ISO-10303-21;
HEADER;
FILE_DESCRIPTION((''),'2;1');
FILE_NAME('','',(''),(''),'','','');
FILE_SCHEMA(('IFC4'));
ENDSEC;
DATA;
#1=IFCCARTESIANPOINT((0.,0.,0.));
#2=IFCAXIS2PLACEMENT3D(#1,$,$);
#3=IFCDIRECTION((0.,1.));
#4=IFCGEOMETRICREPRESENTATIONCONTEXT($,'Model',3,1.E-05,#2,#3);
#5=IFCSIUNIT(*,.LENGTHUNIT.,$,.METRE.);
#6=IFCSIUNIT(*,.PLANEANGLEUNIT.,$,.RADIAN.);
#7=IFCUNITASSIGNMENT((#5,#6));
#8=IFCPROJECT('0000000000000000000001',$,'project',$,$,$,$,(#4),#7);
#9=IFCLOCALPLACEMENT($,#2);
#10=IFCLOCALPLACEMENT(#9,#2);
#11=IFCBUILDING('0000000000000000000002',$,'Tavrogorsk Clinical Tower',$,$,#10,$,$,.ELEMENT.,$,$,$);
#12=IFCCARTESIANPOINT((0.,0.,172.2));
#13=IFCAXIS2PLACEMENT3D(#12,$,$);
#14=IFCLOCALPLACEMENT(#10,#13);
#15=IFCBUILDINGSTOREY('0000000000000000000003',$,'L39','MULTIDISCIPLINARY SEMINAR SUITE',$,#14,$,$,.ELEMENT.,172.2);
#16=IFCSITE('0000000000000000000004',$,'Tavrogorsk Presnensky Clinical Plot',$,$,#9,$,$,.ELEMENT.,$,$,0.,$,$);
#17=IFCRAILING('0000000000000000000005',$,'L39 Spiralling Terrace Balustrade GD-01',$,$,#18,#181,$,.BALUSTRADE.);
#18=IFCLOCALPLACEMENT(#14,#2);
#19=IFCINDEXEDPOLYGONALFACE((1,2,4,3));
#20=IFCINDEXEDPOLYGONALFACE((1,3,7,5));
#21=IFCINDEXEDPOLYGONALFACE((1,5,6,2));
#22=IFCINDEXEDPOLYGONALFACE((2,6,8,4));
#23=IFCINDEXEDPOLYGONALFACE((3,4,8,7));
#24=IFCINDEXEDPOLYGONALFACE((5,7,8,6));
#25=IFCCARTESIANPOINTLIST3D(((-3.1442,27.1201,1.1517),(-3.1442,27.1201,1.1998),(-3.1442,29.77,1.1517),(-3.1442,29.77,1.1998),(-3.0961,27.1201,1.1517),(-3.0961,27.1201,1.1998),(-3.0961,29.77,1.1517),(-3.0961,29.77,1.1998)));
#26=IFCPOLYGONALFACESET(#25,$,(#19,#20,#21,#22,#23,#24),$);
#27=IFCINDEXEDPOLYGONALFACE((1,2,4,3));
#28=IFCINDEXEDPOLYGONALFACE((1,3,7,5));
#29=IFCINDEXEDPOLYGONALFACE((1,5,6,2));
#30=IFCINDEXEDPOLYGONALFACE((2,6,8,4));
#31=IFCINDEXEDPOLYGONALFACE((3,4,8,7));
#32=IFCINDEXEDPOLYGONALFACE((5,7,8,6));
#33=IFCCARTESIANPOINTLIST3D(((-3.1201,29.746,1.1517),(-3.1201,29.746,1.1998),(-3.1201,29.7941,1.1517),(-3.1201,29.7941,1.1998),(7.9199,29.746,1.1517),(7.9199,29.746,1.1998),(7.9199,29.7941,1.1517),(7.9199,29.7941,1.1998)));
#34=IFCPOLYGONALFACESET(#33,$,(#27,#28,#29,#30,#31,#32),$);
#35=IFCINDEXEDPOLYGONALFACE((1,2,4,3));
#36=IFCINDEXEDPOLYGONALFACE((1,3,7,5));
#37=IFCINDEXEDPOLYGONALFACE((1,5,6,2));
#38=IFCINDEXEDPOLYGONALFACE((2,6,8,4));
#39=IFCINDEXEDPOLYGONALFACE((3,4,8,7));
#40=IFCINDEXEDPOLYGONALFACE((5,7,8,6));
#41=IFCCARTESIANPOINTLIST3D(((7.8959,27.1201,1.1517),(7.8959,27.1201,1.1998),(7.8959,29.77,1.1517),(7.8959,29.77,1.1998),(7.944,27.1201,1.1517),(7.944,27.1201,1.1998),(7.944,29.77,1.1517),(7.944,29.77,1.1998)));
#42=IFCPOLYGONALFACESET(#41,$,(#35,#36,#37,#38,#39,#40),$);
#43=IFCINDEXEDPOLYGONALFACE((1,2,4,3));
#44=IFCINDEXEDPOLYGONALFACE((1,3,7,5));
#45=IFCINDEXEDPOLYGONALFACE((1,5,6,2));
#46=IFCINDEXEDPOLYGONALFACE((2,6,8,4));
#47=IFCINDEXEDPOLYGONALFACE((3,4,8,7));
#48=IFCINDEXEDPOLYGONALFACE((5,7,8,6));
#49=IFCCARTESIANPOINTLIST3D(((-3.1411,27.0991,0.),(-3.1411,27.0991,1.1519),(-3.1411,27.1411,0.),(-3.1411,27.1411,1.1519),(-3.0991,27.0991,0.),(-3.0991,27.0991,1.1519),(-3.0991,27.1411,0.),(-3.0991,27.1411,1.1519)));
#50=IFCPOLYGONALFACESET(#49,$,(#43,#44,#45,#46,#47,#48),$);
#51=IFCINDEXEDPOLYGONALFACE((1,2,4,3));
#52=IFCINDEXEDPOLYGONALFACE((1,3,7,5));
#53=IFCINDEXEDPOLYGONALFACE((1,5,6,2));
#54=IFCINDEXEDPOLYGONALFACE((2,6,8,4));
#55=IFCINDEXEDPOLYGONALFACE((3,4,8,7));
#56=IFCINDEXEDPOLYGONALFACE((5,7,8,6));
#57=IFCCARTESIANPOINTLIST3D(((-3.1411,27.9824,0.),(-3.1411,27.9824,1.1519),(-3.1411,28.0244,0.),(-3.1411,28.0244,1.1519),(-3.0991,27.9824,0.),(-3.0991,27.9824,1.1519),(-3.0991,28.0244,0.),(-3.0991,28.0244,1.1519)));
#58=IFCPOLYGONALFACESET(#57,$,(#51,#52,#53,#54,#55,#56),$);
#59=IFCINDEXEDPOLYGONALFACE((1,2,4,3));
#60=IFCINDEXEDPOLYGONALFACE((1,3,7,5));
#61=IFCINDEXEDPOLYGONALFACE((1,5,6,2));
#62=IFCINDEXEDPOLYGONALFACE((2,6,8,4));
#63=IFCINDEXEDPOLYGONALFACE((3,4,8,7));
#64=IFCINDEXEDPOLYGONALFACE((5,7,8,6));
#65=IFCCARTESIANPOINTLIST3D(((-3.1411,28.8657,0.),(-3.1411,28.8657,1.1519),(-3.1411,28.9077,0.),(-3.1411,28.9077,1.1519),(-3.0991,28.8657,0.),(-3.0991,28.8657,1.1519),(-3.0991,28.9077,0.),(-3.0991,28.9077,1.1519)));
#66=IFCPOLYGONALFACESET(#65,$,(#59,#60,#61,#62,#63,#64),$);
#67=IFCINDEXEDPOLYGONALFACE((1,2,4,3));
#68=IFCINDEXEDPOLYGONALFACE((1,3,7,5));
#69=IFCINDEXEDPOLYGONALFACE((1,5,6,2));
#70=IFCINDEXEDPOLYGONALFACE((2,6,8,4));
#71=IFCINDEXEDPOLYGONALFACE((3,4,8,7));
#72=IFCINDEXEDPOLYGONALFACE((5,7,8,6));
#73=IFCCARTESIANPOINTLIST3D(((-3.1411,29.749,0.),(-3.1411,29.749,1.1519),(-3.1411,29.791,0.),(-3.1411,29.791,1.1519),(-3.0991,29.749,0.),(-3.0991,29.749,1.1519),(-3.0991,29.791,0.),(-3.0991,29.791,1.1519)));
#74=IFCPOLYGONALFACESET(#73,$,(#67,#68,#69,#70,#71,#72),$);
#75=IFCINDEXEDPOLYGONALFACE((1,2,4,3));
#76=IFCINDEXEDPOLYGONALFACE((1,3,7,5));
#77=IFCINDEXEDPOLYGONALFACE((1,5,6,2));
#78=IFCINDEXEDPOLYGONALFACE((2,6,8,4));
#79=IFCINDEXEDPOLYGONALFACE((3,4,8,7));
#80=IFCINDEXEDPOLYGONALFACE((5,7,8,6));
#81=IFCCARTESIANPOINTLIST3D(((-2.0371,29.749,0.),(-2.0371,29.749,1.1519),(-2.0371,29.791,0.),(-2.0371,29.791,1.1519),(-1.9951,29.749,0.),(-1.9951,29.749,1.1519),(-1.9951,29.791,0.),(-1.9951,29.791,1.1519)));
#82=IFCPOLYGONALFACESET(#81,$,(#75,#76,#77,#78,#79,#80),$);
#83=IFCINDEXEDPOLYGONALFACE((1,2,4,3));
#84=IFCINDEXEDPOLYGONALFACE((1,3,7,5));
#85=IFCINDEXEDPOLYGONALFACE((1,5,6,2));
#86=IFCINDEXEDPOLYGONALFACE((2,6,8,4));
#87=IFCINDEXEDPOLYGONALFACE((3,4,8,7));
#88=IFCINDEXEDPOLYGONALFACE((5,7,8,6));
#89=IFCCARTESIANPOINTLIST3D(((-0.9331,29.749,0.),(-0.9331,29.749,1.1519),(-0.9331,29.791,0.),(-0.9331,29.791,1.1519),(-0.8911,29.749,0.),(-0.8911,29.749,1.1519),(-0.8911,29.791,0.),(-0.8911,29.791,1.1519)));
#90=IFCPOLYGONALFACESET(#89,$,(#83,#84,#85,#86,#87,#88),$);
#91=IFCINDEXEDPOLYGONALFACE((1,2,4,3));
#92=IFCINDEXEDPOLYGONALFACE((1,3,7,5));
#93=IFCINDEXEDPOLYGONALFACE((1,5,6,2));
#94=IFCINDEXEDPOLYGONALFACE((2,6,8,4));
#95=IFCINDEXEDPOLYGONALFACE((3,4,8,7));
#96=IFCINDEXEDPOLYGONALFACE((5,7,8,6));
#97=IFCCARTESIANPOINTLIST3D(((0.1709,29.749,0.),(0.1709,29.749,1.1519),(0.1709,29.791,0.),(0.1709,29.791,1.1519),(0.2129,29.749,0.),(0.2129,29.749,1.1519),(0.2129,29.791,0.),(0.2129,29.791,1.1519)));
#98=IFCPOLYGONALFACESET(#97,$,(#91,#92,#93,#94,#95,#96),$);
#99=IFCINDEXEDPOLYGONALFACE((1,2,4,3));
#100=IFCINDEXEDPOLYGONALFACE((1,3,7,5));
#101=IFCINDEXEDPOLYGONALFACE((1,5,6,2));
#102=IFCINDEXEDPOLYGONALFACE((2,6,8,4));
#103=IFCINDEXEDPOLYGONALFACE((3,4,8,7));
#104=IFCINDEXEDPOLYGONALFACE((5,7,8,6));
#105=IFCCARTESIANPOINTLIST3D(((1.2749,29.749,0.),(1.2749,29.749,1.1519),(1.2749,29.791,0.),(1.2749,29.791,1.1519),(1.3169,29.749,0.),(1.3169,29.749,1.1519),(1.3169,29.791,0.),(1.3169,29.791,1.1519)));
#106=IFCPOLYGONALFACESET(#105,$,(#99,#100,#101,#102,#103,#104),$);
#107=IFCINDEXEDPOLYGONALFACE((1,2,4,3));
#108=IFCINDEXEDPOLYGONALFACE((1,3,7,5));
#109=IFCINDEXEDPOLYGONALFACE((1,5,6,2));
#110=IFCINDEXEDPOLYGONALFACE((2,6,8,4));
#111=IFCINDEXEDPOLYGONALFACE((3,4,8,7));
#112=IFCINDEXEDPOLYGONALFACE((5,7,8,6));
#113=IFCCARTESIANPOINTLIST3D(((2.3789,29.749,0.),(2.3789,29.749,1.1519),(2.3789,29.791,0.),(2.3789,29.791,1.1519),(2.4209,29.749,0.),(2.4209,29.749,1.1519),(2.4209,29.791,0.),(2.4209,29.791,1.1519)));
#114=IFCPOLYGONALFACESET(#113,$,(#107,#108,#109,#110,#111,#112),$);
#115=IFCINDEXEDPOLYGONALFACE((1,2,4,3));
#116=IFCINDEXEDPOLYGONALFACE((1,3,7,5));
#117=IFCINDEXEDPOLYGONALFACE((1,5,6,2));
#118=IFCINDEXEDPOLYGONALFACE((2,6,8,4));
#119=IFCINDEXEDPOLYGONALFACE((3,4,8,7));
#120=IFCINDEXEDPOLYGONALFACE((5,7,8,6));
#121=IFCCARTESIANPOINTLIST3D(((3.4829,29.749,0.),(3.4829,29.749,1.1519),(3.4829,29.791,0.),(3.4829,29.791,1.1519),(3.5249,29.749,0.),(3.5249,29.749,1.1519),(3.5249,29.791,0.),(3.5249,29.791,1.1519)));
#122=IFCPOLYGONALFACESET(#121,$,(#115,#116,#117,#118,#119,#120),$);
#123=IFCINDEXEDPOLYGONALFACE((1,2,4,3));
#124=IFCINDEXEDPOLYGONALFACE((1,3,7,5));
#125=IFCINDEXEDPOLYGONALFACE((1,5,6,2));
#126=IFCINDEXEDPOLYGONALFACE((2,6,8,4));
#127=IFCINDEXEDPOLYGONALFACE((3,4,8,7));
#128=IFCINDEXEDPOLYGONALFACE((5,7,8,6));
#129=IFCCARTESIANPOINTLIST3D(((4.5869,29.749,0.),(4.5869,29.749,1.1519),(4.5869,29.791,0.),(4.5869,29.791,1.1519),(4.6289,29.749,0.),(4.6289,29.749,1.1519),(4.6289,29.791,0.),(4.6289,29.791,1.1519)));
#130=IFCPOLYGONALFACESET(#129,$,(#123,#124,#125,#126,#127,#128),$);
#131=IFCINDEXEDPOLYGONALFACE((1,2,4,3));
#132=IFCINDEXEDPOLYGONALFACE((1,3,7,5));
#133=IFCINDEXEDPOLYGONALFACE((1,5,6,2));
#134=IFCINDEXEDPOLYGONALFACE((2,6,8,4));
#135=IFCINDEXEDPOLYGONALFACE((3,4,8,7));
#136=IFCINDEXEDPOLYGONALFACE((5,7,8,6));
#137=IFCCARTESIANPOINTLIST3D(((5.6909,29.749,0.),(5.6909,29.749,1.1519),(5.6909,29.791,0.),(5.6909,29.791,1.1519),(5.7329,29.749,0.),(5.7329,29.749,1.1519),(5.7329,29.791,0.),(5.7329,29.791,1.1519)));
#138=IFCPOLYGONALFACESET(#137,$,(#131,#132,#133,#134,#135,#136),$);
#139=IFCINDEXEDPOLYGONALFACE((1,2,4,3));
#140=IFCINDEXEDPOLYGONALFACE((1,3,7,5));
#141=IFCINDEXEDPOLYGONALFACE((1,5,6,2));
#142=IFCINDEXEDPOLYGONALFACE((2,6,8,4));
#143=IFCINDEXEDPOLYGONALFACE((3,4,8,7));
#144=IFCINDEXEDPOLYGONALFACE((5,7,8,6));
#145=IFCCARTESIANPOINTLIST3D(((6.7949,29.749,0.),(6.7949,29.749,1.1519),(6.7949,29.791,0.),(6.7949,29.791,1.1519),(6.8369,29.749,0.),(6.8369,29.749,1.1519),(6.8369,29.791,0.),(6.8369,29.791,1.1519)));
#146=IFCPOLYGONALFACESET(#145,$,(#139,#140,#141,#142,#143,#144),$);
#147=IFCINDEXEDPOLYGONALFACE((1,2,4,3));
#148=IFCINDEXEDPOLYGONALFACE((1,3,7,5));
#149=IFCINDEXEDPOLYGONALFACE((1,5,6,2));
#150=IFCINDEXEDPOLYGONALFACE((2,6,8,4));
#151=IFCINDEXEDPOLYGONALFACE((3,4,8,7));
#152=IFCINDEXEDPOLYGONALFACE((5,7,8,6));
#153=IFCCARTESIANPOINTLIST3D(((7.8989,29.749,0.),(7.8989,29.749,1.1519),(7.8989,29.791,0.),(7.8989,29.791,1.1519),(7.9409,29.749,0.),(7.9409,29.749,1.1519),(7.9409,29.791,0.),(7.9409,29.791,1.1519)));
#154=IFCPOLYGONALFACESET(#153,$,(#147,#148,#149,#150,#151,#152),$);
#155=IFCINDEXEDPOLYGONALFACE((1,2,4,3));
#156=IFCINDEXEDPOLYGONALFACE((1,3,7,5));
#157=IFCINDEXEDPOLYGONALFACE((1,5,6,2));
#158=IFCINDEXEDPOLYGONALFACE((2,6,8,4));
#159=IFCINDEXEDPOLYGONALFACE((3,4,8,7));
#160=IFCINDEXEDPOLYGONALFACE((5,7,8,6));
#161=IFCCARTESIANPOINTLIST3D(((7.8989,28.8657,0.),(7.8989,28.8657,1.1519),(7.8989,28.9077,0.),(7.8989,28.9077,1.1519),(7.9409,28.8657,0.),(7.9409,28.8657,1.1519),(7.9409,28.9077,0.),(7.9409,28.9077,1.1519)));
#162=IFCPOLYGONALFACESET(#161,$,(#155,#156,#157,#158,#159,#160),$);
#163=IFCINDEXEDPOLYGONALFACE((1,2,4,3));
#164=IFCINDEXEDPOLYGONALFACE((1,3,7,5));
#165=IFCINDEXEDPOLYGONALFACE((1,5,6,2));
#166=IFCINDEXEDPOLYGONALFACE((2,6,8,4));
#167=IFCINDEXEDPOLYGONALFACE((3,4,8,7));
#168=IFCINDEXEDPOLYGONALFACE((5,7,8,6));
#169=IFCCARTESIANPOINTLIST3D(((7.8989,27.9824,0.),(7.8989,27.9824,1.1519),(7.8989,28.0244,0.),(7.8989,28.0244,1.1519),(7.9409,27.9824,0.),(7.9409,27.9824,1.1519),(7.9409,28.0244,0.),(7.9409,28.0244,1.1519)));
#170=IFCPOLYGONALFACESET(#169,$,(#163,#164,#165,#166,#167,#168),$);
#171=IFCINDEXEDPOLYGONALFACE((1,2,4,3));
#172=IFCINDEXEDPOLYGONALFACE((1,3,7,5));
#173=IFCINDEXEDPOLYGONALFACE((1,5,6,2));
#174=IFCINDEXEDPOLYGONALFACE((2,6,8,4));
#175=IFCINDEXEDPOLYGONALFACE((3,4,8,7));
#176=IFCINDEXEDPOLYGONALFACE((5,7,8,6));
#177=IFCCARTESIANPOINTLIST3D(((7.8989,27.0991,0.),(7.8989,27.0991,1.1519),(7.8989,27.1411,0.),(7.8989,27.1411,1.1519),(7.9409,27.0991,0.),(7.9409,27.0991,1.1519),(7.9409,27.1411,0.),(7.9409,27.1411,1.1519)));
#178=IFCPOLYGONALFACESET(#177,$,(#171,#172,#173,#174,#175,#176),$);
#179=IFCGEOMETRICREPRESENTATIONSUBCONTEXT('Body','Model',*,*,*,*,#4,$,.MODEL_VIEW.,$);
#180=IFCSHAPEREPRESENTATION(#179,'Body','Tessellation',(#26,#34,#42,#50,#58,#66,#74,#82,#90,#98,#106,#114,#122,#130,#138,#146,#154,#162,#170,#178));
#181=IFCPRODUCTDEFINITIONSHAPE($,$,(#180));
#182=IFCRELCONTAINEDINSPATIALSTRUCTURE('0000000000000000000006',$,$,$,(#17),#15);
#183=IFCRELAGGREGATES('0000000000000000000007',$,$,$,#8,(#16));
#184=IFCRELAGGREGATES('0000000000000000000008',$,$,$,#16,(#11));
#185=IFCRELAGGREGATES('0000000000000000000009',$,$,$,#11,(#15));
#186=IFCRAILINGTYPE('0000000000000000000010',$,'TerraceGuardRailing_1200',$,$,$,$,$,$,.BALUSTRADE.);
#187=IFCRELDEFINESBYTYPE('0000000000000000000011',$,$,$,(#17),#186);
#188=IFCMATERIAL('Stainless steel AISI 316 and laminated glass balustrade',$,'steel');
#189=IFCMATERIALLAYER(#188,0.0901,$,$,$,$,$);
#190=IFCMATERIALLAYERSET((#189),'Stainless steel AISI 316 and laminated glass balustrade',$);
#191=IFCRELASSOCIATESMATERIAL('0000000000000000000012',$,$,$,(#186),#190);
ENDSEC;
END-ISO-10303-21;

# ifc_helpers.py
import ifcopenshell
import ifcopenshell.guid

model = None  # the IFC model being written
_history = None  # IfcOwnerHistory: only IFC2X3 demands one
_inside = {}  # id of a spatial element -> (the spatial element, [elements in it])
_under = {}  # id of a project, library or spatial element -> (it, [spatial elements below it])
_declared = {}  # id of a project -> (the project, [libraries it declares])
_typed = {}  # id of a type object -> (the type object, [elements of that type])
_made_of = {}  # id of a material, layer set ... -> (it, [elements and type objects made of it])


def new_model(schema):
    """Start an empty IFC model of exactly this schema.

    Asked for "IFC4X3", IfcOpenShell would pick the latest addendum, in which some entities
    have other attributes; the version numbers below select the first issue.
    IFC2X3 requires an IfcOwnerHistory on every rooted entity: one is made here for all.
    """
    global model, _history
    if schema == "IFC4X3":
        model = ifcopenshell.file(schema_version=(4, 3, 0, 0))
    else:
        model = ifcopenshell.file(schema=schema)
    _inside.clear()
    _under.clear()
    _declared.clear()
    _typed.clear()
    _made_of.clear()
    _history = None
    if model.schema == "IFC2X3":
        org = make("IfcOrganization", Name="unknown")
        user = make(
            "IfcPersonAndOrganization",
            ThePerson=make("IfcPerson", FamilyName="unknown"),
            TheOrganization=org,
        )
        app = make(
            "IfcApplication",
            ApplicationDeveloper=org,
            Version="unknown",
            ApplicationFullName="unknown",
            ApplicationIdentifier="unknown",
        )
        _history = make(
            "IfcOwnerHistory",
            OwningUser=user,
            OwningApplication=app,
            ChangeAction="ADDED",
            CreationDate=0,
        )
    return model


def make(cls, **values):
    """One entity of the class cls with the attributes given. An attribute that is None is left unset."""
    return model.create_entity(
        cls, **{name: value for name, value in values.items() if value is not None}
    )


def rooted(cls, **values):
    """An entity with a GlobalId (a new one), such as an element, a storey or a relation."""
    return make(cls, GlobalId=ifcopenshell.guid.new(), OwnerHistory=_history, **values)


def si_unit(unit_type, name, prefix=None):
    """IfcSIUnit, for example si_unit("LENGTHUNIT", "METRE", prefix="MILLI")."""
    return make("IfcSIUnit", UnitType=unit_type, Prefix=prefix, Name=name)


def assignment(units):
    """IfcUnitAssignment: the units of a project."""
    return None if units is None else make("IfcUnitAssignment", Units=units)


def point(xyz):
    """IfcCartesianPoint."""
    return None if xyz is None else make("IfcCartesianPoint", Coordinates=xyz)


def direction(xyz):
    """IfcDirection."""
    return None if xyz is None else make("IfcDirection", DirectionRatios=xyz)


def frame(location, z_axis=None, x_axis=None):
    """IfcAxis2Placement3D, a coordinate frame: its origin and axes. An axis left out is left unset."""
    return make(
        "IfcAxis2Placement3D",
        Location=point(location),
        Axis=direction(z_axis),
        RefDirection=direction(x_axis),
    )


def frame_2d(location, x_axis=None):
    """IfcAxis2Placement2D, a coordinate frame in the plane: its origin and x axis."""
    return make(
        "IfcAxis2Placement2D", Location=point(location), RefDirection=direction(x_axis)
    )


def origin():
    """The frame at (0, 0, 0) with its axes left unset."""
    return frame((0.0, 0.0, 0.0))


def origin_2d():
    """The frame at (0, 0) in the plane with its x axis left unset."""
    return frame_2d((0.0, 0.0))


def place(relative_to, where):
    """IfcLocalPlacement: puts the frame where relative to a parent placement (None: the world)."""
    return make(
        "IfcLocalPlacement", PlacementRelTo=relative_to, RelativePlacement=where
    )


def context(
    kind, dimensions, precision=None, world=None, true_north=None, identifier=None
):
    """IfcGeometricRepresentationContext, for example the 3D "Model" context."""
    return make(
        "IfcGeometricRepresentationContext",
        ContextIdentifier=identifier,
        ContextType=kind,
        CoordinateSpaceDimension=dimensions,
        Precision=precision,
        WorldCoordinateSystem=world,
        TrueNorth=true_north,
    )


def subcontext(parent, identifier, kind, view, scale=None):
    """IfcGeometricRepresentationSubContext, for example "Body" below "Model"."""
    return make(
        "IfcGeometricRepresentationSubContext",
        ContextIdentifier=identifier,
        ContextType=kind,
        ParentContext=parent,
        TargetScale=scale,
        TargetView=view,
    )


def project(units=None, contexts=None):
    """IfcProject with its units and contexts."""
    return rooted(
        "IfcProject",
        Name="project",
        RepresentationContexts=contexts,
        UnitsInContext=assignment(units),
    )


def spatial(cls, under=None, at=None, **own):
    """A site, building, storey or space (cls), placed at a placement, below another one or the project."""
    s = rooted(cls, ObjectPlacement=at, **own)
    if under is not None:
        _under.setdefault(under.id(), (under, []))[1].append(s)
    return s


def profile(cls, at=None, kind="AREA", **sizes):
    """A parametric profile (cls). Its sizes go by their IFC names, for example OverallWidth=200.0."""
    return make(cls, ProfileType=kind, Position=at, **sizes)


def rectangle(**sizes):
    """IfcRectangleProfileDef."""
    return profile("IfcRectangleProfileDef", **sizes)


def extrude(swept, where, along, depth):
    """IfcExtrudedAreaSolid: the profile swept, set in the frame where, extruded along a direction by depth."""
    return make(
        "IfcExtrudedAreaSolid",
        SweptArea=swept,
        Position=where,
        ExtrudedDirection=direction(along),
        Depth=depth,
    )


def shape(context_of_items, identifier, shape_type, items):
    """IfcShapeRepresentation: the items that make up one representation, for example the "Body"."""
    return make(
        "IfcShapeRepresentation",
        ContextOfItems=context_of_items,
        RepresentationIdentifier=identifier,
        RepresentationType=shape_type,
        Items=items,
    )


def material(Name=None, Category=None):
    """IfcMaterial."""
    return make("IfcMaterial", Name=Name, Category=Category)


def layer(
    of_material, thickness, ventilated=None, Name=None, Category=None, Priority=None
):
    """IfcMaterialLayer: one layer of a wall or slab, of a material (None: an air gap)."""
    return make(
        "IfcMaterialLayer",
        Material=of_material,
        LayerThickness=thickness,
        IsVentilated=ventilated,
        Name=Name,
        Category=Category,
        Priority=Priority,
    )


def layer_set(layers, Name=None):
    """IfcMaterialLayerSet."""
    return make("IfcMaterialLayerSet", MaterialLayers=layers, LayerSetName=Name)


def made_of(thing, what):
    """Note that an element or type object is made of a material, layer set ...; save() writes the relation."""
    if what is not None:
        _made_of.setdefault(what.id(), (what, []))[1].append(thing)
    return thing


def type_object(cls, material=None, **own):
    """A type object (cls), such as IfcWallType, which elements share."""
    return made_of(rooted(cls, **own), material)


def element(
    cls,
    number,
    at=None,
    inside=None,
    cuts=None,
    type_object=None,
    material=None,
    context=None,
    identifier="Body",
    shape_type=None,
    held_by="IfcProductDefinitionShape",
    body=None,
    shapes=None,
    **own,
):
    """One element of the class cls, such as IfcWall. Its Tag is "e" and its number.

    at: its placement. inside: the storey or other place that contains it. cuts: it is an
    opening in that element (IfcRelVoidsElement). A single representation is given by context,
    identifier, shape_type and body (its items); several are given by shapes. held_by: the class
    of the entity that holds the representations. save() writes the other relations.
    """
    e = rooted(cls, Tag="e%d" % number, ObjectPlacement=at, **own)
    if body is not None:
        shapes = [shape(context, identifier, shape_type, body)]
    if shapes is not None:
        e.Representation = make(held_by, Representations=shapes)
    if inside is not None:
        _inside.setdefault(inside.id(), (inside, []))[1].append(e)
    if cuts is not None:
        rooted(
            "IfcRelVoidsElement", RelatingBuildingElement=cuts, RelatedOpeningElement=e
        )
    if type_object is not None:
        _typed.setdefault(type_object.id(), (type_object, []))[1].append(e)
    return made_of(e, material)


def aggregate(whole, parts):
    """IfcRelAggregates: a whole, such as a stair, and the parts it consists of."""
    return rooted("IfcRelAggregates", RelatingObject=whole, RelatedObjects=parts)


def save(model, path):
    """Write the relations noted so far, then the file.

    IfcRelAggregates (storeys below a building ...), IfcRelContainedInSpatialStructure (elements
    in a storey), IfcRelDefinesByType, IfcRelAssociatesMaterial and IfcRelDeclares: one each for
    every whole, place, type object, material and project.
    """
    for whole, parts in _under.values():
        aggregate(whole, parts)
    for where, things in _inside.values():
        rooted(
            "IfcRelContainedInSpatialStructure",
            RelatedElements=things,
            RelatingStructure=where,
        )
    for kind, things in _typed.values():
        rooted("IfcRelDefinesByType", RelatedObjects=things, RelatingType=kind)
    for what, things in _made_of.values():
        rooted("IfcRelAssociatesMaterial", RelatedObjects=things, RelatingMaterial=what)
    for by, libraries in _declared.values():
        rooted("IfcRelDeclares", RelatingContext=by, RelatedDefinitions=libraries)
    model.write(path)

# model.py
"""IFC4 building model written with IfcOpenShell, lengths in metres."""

from ifc_helpers import new_model, si_unit, direction, frame, origin, origin_2d, place, context, subcontext, project, spatial, rectangle, extrude, material, layer, layer_set, type_object, element, save


model = new_model("IFC4")

# Units and contexts
model_context = context("Model", 3, precision=1e-05, world=origin(), true_north=direction((0.0, 1.0)))
body_context = subcontext(model_context, "Body", "Model", "MODEL_VIEW")
ifc_project = project(units=[si_unit("LENGTHUNIT", "METRE"), si_unit("PLANEANGLEUNIT", "RADIAN")], contexts=[model_context])

# Site, building, storey
site_placement = place(None, origin())
site = spatial("IfcSite", under=ifc_project, at=site_placement, Name="Tavrogorsk Presnensky Clinical Plot", CompositionType="ELEMENT", RefElevation=0.0)
building_placement = place(site_placement, origin())
building = spatial("IfcBuilding", under=site, at=building_placement, Name="Tavrogorsk Clinical Tower", CompositionType="ELEMENT")
storey_placement = place(building_placement, frame((0.0, 0.0, 172.2)))
storey = spatial("IfcBuildingStorey", under=building, at=storey_placement, Name="L39", Description="MULTIDISCIPLINARY SEMINAR SUITE", CompositionType="ELEMENT", Elevation=172.2)

# Railing
ifc_material_1 = material(Name="Stainless steel AISI 316 and laminated glass balustrade", Category="steel")
ifc_layer_1 = layer(ifc_material_1, 0.0901)
ifc_layer_set_1 = layer_set([ifc_layer_1], Name="Stainless steel AISI 316 and laminated glass balustrade")
railing_type = type_object("IfcRailingType", Name="TerraceGuardRailing_1200", PredefinedType="BALUSTRADE", material=ifc_layer_set_1)
railing_placement = place(storey_placement, frame((-3.1201, 27.1201, 0.0)))
element("IfcRailing", 1, at=railing_placement, inside=storey, type_object=railing_type, Name="L39 Spiralling Terrace Balustrade GD-01", PredefinedType="BALUSTRADE", context=body_context, shape_type="SweptSolid", body=[
    extrude(rectangle(XDim=0.0481, YDim=0.0481, at=origin_2d()), frame((0.0, 0.0, 1.1758), z_axis=(0.0, 1.0, 0.0), x_axis=(-1.0, 0.0, 0.0)), (0.0, 0.0, 1.0), 2.6499),
    extrude(rectangle(XDim=0.0481, YDim=0.0481, at=origin_2d()), frame((0.0, 2.6499, 1.1758), z_axis=(1.0, 0.0, 0.0), x_axis=(0.0, 1.0, 0.0)), (0.0, 0.0, 1.0), 11.04),
    extrude(rectangle(XDim=0.0481, YDim=0.0481, at=origin_2d()), frame((11.04, 2.6499, 1.1758), z_axis=(0.0, -1.0, 0.0), x_axis=(1.0, 0.0, 0.0)), (0.0, 0.0, 1.0), 2.6499),
    extrude(rectangle(XDim=0.042, YDim=0.042, at=origin_2d()), origin(), (0.0, 0.0, 1.0), 1.1519),
    extrude(rectangle(XDim=0.042, YDim=0.042, at=origin_2d()), frame((0.0, 0.8833, 0.0)), (0.0, 0.0, 1.0), 1.1519),
    extrude(rectangle(XDim=0.042, YDim=0.042, at=origin_2d()), frame((0.0, 1.7666, 0.0)), (0.0, 0.0, 1.0), 1.1519),
    extrude(rectangle(XDim=0.042, YDim=0.042, at=origin_2d()), frame((0.0, 2.6499, 0.0)), (0.0, 0.0, 1.0), 1.1519),
    extrude(rectangle(XDim=0.042, YDim=0.042, at=origin_2d()), frame((1.104, 2.6499, 0.0)), (0.0, 0.0, 1.0), 1.1519),
    extrude(rectangle(XDim=0.042, YDim=0.042, at=origin_2d()), frame((2.208, 2.6499, 0.0)), (0.0, 0.0, 1.0), 1.1519),
    extrude(rectangle(XDim=0.042, YDim=0.042, at=origin_2d()), frame((3.312, 2.6499, 0.0)), (0.0, 0.0, 1.0), 1.1519),
    extrude(rectangle(XDim=0.042, YDim=0.042, at=origin_2d()), frame((4.416, 2.6499, 0.0)), (0.0, 0.0, 1.0), 1.1519),
    extrude(rectangle(XDim=0.042, YDim=0.042, at=origin_2d()), frame((5.52, 2.6499, 0.0)), (0.0, 0.0, 1.0), 1.1519),
    extrude(rectangle(XDim=0.042, YDim=0.042, at=origin_2d()), frame((6.624, 2.6499, 0.0)), (0.0, 0.0, 1.0), 1.1519),
    extrude(rectangle(XDim=0.042, YDim=0.042, at=origin_2d()), frame((7.728, 2.6499, 0.0)), (0.0, 0.0, 1.0), 1.1519),
    extrude(rectangle(XDim=0.042, YDim=0.042, at=origin_2d()), frame((8.832, 2.6499, 0.0)), (0.0, 0.0, 1.0), 1.1519),
    extrude(rectangle(XDim=0.042, YDim=0.042, at=origin_2d()), frame((9.936, 2.6499, 0.0)), (0.0, 0.0, 1.0), 1.1519),
    extrude(rectangle(XDim=0.042, YDim=0.042, at=origin_2d()), frame((11.04, 2.6499, 0.0)), (0.0, 0.0, 1.0), 1.1519),
    extrude(rectangle(XDim=0.042, YDim=0.042, at=origin_2d()), frame((11.04, 1.7666, 0.0)), (0.0, 0.0, 1.0), 1.1519),
    extrude(rectangle(XDim=0.042, YDim=0.042, at=origin_2d()), frame((11.04, 0.8833, 0.0)), (0.0, 0.0, 1.0), 1.1519),
    extrude(rectangle(XDim=0.042, YDim=0.042, at=origin_2d()), frame((11.04, 0.0, 0.0)), (0.0, 0.0, 1.0), 1.1519),
])

save(model, "model.ifc")
